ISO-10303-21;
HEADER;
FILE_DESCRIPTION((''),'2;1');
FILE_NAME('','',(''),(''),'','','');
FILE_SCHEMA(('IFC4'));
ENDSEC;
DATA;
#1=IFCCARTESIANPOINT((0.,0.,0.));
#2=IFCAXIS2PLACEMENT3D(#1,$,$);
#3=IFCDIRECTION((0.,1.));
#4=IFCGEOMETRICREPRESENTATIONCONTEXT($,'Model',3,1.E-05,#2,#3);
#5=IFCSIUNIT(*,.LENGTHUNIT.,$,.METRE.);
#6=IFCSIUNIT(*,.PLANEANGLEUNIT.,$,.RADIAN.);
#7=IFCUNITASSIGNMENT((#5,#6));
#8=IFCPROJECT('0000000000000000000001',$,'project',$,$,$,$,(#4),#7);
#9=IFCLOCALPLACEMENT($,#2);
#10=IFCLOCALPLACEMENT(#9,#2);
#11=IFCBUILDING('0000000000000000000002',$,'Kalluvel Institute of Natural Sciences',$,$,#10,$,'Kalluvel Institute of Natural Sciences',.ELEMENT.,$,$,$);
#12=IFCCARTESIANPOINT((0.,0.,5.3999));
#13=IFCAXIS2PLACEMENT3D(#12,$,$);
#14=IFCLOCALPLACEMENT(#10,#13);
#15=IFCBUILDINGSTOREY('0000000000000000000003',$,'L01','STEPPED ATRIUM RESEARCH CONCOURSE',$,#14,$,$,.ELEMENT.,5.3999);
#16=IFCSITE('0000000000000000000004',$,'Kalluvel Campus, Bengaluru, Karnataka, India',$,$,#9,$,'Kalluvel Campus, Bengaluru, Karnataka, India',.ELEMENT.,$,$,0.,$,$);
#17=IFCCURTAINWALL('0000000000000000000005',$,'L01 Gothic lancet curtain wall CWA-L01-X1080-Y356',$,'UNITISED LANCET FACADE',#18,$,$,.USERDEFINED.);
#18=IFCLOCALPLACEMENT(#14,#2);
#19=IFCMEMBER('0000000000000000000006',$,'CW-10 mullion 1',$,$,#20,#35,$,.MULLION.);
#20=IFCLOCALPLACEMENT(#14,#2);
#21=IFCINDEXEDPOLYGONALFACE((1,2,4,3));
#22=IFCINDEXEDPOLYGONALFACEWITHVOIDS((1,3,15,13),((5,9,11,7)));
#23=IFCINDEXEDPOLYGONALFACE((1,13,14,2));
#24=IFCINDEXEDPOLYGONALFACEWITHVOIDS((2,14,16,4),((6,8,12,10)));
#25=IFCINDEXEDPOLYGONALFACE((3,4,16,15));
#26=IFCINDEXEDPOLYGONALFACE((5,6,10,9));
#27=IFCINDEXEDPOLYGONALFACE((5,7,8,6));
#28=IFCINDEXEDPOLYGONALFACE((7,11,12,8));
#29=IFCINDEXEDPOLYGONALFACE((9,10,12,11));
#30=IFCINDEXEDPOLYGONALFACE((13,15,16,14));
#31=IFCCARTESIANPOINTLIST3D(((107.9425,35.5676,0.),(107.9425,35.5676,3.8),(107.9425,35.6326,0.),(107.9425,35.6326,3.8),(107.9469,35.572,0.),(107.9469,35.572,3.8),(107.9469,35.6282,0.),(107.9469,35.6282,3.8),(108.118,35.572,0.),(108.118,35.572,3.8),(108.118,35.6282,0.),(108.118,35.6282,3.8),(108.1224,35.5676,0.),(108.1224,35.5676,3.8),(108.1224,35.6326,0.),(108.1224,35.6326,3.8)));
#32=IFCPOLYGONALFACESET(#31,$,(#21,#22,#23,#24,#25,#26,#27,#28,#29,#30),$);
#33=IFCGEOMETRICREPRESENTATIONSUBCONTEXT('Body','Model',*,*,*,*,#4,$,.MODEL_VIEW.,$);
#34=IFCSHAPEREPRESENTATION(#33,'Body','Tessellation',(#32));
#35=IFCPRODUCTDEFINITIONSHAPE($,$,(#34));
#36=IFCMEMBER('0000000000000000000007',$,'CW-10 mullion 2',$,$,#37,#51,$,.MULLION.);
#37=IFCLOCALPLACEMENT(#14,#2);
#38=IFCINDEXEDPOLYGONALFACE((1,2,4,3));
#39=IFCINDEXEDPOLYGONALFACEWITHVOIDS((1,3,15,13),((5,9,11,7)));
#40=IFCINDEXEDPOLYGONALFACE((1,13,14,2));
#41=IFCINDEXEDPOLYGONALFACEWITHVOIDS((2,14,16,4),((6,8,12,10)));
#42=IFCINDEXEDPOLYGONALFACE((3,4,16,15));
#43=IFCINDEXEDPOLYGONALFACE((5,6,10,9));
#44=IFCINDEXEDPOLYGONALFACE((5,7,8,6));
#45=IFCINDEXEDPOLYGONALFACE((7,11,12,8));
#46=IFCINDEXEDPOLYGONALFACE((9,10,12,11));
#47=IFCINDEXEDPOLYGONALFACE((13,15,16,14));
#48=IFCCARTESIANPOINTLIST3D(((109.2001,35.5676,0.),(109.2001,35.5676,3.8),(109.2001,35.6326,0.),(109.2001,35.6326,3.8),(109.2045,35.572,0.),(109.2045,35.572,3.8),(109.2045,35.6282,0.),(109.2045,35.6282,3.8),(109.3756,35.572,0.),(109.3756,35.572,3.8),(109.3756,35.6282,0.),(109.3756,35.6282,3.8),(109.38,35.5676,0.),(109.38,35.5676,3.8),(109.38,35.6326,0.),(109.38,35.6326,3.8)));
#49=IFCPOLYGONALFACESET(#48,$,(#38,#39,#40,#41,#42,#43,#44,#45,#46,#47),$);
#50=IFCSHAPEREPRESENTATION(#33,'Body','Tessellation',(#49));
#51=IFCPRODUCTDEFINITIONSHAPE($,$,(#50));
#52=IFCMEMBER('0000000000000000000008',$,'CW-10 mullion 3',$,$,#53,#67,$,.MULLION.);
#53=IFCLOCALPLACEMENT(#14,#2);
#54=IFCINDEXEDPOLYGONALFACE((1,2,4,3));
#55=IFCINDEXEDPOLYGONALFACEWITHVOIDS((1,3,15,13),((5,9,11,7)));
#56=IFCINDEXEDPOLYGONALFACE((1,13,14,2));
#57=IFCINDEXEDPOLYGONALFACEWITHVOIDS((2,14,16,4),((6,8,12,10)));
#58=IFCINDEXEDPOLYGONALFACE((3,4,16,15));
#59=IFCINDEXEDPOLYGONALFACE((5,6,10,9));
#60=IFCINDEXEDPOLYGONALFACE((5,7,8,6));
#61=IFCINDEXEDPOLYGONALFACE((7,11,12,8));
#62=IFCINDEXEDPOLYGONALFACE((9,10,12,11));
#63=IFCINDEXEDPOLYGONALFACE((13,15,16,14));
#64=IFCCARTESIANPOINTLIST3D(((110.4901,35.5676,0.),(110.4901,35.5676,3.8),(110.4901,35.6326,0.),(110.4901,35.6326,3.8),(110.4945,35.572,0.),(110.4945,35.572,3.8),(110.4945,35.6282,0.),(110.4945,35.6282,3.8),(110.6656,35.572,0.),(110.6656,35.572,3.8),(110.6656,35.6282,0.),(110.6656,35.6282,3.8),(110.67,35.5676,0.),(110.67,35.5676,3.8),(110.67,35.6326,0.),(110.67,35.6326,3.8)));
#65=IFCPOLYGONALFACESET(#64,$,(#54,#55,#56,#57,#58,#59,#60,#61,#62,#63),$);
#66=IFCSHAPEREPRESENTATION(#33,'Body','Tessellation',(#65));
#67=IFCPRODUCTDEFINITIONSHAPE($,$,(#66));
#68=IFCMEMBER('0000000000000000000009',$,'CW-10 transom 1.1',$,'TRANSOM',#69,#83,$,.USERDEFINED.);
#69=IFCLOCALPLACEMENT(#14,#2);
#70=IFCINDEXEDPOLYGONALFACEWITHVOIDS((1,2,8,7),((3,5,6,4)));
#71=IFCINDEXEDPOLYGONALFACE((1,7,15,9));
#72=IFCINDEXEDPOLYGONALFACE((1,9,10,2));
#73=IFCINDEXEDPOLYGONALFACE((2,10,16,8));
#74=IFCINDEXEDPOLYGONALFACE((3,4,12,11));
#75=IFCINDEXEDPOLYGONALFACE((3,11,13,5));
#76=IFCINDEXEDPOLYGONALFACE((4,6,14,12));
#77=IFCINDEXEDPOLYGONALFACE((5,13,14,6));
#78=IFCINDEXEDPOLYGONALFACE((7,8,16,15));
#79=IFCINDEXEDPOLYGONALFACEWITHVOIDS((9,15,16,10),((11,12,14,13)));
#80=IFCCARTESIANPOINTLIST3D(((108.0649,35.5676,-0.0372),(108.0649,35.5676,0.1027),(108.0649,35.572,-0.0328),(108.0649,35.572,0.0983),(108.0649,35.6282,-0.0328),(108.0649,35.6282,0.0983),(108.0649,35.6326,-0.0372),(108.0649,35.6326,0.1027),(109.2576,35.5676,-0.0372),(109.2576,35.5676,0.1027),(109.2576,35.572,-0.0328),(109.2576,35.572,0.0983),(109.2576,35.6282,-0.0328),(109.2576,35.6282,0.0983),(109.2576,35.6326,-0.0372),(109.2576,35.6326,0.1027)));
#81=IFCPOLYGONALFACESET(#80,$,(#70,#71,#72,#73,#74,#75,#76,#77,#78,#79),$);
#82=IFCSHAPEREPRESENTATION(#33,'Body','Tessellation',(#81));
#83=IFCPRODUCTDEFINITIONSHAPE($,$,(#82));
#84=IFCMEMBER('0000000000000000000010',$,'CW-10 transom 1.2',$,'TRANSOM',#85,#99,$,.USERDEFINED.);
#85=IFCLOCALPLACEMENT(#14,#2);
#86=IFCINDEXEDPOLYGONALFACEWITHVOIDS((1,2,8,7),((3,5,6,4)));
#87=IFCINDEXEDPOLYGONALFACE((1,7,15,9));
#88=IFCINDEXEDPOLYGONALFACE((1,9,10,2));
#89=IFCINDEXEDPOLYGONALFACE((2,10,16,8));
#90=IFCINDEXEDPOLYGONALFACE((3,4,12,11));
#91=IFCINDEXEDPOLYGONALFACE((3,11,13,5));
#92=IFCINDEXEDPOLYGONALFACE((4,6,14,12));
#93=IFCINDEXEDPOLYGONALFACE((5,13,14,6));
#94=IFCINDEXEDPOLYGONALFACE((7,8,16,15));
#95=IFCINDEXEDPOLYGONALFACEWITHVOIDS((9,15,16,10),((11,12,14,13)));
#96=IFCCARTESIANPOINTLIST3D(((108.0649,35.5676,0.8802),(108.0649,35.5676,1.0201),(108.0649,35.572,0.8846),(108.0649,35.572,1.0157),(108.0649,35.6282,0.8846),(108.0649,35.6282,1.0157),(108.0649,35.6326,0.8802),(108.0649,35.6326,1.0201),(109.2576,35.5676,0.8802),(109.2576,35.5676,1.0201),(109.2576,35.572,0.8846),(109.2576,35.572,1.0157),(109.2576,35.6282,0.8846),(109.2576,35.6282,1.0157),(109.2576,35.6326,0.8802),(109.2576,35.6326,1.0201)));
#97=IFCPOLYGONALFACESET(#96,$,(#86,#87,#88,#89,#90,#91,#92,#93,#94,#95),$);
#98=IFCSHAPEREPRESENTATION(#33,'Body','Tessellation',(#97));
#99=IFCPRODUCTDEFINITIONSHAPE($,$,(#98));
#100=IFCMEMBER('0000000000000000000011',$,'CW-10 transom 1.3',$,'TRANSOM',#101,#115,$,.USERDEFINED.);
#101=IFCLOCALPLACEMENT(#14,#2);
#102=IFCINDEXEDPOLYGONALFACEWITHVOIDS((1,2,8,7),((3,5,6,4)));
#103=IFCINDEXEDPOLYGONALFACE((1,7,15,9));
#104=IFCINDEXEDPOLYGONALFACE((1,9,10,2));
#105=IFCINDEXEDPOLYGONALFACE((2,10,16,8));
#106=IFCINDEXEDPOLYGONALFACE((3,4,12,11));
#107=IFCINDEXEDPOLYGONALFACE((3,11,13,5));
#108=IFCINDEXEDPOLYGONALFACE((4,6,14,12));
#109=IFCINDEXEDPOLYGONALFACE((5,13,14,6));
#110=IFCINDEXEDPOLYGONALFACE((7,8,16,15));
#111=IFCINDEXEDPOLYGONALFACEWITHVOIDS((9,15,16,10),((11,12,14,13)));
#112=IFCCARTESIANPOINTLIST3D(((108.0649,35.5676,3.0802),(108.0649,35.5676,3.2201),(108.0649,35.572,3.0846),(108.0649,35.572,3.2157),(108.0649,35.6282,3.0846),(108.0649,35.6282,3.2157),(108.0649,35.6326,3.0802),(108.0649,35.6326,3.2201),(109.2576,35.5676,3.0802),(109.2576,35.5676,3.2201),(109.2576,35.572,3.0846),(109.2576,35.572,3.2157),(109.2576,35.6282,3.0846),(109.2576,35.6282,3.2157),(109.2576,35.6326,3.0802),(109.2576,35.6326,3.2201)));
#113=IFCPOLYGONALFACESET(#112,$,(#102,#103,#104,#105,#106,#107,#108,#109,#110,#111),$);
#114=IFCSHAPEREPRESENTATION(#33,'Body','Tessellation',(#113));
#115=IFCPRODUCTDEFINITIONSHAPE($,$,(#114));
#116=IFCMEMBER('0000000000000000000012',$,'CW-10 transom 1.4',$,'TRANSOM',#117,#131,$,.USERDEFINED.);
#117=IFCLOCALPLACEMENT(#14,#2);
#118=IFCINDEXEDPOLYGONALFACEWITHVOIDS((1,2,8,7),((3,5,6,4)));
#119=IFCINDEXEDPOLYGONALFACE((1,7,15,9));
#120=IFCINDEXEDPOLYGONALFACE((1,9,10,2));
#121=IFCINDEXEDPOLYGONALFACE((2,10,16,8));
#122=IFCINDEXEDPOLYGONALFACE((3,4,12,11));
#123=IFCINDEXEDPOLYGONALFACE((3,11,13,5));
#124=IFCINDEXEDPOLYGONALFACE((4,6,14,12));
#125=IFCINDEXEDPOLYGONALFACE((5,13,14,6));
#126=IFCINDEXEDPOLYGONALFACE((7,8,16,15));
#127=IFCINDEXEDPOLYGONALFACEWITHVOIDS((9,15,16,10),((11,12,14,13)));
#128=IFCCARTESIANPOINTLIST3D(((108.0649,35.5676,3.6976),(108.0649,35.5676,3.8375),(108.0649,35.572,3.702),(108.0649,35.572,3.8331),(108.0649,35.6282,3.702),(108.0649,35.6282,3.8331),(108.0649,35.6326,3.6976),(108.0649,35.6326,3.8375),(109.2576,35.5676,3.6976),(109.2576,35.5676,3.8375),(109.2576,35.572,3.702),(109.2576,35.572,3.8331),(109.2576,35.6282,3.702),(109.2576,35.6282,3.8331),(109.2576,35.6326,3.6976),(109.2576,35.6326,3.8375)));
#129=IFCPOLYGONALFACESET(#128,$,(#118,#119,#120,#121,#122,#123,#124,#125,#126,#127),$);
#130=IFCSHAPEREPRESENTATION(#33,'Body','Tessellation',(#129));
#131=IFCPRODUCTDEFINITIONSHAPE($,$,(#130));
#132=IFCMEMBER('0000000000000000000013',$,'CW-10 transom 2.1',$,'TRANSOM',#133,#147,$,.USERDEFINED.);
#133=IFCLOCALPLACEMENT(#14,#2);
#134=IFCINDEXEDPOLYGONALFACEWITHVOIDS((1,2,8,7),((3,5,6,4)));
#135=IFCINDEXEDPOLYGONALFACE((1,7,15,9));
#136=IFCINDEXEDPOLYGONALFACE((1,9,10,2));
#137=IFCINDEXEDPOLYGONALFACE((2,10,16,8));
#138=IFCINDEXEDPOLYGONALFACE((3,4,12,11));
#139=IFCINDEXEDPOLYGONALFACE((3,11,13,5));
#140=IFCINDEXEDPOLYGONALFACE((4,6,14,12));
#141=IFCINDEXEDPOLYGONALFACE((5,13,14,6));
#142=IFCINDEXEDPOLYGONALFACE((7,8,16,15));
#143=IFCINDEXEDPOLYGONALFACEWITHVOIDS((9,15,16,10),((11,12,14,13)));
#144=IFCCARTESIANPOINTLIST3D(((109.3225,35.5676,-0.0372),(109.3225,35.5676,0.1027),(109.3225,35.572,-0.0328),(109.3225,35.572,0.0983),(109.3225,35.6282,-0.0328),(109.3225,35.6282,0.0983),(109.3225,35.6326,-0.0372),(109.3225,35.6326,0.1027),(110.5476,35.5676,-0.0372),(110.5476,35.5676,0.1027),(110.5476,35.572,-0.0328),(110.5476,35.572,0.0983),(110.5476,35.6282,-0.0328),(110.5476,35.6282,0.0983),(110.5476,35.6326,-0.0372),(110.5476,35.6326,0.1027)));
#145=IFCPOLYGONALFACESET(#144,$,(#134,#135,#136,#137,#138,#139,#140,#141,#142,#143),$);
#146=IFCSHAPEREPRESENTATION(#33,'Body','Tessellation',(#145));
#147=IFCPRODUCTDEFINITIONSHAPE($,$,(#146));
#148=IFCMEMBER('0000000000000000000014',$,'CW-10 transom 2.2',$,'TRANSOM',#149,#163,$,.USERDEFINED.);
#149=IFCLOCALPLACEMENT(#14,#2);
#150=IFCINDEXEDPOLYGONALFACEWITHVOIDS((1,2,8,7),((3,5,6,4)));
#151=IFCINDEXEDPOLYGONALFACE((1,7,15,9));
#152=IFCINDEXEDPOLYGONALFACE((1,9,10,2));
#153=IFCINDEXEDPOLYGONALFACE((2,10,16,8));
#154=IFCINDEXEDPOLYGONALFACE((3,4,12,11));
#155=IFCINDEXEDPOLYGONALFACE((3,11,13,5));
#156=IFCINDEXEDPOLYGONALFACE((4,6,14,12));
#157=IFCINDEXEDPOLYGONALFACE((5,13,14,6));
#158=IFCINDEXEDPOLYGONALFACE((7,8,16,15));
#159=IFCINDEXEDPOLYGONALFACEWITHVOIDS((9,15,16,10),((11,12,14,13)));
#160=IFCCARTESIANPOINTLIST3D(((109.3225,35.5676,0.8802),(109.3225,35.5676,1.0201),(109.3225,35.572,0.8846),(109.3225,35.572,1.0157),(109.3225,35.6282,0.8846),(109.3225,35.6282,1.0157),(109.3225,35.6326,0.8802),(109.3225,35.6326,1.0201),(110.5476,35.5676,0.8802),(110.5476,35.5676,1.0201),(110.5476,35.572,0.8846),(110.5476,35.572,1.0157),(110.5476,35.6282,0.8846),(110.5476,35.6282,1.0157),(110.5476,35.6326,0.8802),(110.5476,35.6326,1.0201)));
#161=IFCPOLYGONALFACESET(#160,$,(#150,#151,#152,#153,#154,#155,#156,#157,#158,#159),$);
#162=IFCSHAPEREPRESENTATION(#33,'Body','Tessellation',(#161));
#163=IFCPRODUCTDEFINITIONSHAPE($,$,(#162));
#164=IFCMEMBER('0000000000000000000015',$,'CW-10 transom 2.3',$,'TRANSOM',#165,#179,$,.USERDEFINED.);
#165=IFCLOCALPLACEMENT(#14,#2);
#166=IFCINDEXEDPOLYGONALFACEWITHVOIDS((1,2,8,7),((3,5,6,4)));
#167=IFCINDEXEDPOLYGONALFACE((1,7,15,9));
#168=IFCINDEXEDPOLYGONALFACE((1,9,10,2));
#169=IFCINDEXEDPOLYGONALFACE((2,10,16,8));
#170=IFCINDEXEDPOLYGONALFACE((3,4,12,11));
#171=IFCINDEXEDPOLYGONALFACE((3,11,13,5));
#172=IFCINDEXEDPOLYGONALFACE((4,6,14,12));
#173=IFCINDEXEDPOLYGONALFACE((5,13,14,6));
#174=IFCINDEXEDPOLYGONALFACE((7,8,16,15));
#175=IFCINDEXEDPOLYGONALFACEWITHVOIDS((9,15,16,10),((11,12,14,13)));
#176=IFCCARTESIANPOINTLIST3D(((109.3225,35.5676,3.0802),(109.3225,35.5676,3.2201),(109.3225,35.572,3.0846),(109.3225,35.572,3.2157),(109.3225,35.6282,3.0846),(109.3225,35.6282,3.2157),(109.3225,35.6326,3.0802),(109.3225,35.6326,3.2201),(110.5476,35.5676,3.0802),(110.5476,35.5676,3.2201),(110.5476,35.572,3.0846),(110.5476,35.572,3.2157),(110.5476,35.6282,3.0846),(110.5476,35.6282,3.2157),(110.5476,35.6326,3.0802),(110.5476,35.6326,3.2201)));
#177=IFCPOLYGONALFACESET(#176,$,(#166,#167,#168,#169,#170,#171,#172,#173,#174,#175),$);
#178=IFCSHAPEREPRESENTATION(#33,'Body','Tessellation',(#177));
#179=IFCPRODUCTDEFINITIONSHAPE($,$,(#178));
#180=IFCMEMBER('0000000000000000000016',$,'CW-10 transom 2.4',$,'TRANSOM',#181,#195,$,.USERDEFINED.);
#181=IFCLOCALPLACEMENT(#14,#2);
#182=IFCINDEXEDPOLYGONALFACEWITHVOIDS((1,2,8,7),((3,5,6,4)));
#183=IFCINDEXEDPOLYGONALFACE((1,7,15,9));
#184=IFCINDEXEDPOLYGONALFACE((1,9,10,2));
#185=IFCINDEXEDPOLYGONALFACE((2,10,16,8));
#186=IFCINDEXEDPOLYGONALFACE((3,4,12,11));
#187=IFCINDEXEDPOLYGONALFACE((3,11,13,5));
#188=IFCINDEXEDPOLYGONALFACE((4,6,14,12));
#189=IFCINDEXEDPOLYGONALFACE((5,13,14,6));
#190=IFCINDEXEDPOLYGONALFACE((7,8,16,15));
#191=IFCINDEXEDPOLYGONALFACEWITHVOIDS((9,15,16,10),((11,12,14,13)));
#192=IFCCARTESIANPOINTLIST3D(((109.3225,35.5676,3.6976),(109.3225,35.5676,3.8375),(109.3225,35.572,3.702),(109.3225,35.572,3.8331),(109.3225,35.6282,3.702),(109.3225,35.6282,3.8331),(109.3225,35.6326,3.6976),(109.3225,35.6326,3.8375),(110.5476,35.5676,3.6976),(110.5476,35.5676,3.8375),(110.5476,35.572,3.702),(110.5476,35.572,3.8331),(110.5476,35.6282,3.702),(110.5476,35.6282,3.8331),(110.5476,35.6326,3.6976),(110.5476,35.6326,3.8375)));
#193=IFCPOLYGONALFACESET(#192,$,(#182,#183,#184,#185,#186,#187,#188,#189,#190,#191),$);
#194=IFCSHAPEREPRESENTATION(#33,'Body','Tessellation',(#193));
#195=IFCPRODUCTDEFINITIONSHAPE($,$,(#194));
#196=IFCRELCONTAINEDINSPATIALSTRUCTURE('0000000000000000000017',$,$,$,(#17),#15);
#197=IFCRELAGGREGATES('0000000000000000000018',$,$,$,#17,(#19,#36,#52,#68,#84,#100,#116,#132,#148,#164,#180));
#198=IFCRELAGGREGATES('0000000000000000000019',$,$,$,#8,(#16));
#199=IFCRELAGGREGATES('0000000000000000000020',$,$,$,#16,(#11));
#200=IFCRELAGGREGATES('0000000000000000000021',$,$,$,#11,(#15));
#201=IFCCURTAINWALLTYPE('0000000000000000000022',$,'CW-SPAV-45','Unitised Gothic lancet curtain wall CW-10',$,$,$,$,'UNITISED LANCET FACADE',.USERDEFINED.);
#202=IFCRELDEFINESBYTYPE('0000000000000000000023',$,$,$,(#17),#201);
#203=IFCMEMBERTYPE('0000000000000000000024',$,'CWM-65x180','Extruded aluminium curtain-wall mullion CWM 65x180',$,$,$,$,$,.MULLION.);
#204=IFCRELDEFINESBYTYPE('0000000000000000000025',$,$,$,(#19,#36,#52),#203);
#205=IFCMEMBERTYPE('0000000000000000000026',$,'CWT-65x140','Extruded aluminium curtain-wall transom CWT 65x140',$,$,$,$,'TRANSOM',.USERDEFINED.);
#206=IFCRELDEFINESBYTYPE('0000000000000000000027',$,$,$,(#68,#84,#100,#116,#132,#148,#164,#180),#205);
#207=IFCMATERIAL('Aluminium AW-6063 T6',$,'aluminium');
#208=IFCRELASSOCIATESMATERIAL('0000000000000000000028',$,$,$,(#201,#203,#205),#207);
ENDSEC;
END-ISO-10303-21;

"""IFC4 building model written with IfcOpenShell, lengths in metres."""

from ifc_helpers import new_model, si_unit, direction, frame, origin, origin_2d, place, context, subcontext, project, spatial, hollow_rectangle, extrude, material, material_profile, profile_set, type_object, element, aggregate, save


model = new_model("IFC4")

# Units and contexts
model_context = context("Model", 3, precision=1e-05, world=origin(), true_north=direction((0.0, 1.0)))
body_context = subcontext(model_context, "Body", "Model", "MODEL_VIEW")
ifc_project = project(units=[si_unit("LENGTHUNIT", "METRE"), si_unit("PLANEANGLEUNIT", "RADIAN")], contexts=[model_context])

# Site, building, storey
site_placement = place(None, origin())
site = spatial("IfcSite", under=ifc_project, at=site_placement, Name="Kalluvel Campus, Bengaluru, Karnataka, India", LongName="Kalluvel Campus, Bengaluru, Karnataka, India", CompositionType="ELEMENT", RefElevation=0.0)
building_placement = place(site_placement, origin())
building = spatial("IfcBuilding", under=site, at=building_placement, Name="Kalluvel Institute of Natural Sciences", LongName="Kalluvel Institute of Natural Sciences", CompositionType="ELEMENT")
storey_placement = place(building_placement, frame((0.0, 0.0, 5.3999)))
storey = spatial("IfcBuildingStorey", under=building, at=storey_placement, Name="L01", Description="STEPPED ATRIUM RESEARCH CONCOURSE", CompositionType="ELEMENT", Elevation=5.3999)

# Curtain wall, members
ifc_material_1 = material(Name="Aluminium AW-6063 T6", Category="aluminium")
curtain_wall_type = type_object("IfcCurtainWallType", Name="CW-SPAV-45", Description="Unitised Gothic lancet curtain wall CW-10", ElementType="UNITISED LANCET FACADE", PredefinedType="USERDEFINED", material=ifc_material_1)
curtain_wall_placement = place(storey_placement, origin())
curtain_wall = element("IfcCurtainWall", 1, at=curtain_wall_placement, inside=storey, type_object=curtain_wall_type, Name="L01 Gothic lancet curtain wall CWA-L01-X1080-Y356", ObjectType="UNITISED LANCET FACADE", PredefinedType="USERDEFINED")
ifc_material_profile_1 = material_profile(ifc_material_1, hollow_rectangle(XDim=0.0649, YDim=0.1799, WallThickness=0.0044, at=origin_2d()), Name="CWM 65x180")
ifc_profile_set_1 = profile_set([ifc_material_profile_1], Name="Aluminium AW-6063 T6")
member_type_1 = type_object("IfcMemberType", Name="CWM-65x180", Description="Extruded aluminium curtain-wall mullion CWM 65x180", PredefinedType="MULLION", material=ifc_profile_set_1)
member_1_placement = place(storey_placement, frame((108.0325, 35.6001, 0.0), z_axis=(0.0, 0.0, 1.0), x_axis=(0.0, 1.0, 0.0)))
member_1 = element("IfcMember", 2, at=member_1_placement, type_object=member_type_1, Name="CW-10 mullion 1", PredefinedType="MULLION", context=body_context, shape_type="SweptSolid", body=[
    extrude(hollow_rectangle(XDim=0.0649, YDim=0.1799, WallThickness=0.0044, at=origin_2d()), origin(), (0.0, 0.0, 1.0), 3.8),
])
member_2_placement = place(storey_placement, frame((109.29, 35.6001, 0.0), z_axis=(0.0, 0.0, 1.0), x_axis=(0.0, 1.0, 0.0)))
member_2 = element("IfcMember", 3, at=member_2_placement, type_object=member_type_1, Name="CW-10 mullion 2", PredefinedType="MULLION", context=body_context, shape_type="SweptSolid", body=[
    extrude(hollow_rectangle(XDim=0.0649, YDim=0.1799, WallThickness=0.0044, at=origin_2d()), origin(), (0.0, 0.0, 1.0), 3.8),
])
member_3_placement = place(storey_placement, frame((110.5801, 35.6001, 0.0), z_axis=(0.0, 0.0, 1.0), x_axis=(0.0, 1.0, 0.0)))
member_3 = element("IfcMember", 4, at=member_3_placement, type_object=member_type_1, Name="CW-10 mullion 3", PredefinedType="MULLION", context=body_context, shape_type="SweptSolid", body=[
    extrude(hollow_rectangle(XDim=0.0649, YDim=0.1799, WallThickness=0.0044, at=origin_2d()), origin(), (0.0, 0.0, 1.0), 3.8),
])
ifc_material_profile_2 = material_profile(ifc_material_1, hollow_rectangle(XDim=0.0649, YDim=0.1399, WallThickness=0.0044, at=origin_2d()), Name="CWT 65x140")
ifc_profile_set_2 = profile_set([ifc_material_profile_2], Name="Aluminium AW-6063 T6")
member_type_2 = type_object("IfcMemberType", Name="CWT-65x140", Description="Extruded aluminium curtain-wall transom CWT 65x140", ElementType="TRANSOM", PredefinedType="USERDEFINED", material=ifc_profile_set_2)
member_4_placement = place(storey_placement, frame((108.0649, 35.6001, 0.0327), z_axis=(1.0, 0.0, 0.0), x_axis=(0.0, 1.0, 0.0)))
member_4 = element("IfcMember", 5, at=member_4_placement, type_object=member_type_2, Name="CW-10 transom 1.1", ObjectType="TRANSOM", PredefinedType="USERDEFINED", context=body_context, shape_type="SweptSolid", body=[
    extrude(hollow_rectangle(XDim=0.0649, YDim=0.1399, WallThickness=0.0044, at=origin_2d()), origin(), (0.0, 0.0, 1.0), 1.1926),
])
member_5_placement = place(storey_placement, frame((108.0649, 35.6001, 0.9502), z_axis=(1.0, 0.0, 0.0), x_axis=(0.0, 1.0, 0.0)))
member_5 = element("IfcMember", 6, at=member_5_placement, type_object=member_type_2, Name="CW-10 transom 1.2", ObjectType="TRANSOM", PredefinedType="USERDEFINED", context=body_context, shape_type="SweptSolid", body=[
    extrude(hollow_rectangle(XDim=0.0649, YDim=0.1399, WallThickness=0.0044, at=origin_2d()), origin(), (0.0, 0.0, 1.0), 1.1926),
])
member_6_placement = place(storey_placement, frame((108.0649, 35.6001, 3.1501), z_axis=(1.0, 0.0, 0.0), x_axis=(0.0, 1.0, 0.0)))
member_6 = element("IfcMember", 7, at=member_6_placement, type_object=member_type_2, Name="CW-10 transom 1.3", ObjectType="TRANSOM", PredefinedType="USERDEFINED", context=body_context, shape_type="SweptSolid", body=[
    extrude(hollow_rectangle(XDim=0.0649, YDim=0.1399, WallThickness=0.0044, at=origin_2d()), origin(), (0.0, 0.0, 1.0), 1.1926),
])
member_7_placement = place(storey_placement, frame((108.0649, 35.6001, 3.7676), z_axis=(1.0, 0.0, 0.0), x_axis=(0.0, 1.0, 0.0)))
member_7 = element("IfcMember", 8, at=member_7_placement, type_object=member_type_2, Name="CW-10 transom 1.4", ObjectType="TRANSOM", PredefinedType="USERDEFINED", context=body_context, shape_type="SweptSolid", body=[
    extrude(hollow_rectangle(XDim=0.0649, YDim=0.1399, WallThickness=0.0044, at=origin_2d()), origin(), (0.0, 0.0, 1.0), 1.1926),
])
member_8_placement = place(storey_placement, frame((109.3225, 35.6001, 0.0327), z_axis=(1.0, 0.0, 0.0), x_axis=(0.0, 1.0, 0.0)))
member_8 = element("IfcMember", 9, at=member_8_placement, type_object=member_type_2, Name="CW-10 transom 2.1", ObjectType="TRANSOM", PredefinedType="USERDEFINED", context=body_context, shape_type="SweptSolid", body=[
    extrude(hollow_rectangle(XDim=0.0649, YDim=0.1399, WallThickness=0.0044, at=origin_2d()), origin(), (0.0, 0.0, 1.0), 1.2251),
])
member_9_placement = place(storey_placement, frame((109.3225, 35.6001, 0.9502), z_axis=(1.0, 0.0, 0.0), x_axis=(0.0, 1.0, 0.0)))
member_9 = element("IfcMember", 10, at=member_9_placement, type_object=member_type_2, Name="CW-10 transom 2.2", ObjectType="TRANSOM", PredefinedType="USERDEFINED", context=body_context, shape_type="SweptSolid", body=[
    extrude(hollow_rectangle(XDim=0.0649, YDim=0.1399, WallThickness=0.0044, at=origin_2d()), origin(), (0.0, 0.0, 1.0), 1.2251),
])
member_10_placement = place(storey_placement, frame((109.3225, 35.6001, 3.1501), z_axis=(1.0, 0.0, 0.0), x_axis=(0.0, 1.0, 0.0)))
member_10 = element("IfcMember", 11, at=member_10_placement, type_object=member_type_2, Name="CW-10 transom 2.3", ObjectType="TRANSOM", PredefinedType="USERDEFINED", context=body_context, shape_type="SweptSolid", body=[
    extrude(hollow_rectangle(XDim=0.0649, YDim=0.1399, WallThickness=0.0044, at=origin_2d()), origin(), (0.0, 0.0, 1.0), 1.2251),
])
member_11_placement = place(storey_placement, frame((109.3225, 35.6001, 3.7676), z_axis=(1.0, 0.0, 0.0), x_axis=(0.0, 1.0, 0.0)))
member_11 = element("IfcMember", 12, at=member_11_placement, type_object=member_type_2, Name="CW-10 transom 2.4", ObjectType="TRANSOM", PredefinedType="USERDEFINED", context=body_context, shape_type="SweptSolid", body=[
    extrude(hollow_rectangle(XDim=0.0649, YDim=0.1399, WallThickness=0.0044, at=origin_2d()), origin(), (0.0, 0.0, 1.0), 1.2251),
])
aggregate(curtain_wall, [member_1, member_2, member_3, member_4, member_5, member_6, member_7, member_8, member_9, member_10, member_11])

save(model, "model.ifc")
